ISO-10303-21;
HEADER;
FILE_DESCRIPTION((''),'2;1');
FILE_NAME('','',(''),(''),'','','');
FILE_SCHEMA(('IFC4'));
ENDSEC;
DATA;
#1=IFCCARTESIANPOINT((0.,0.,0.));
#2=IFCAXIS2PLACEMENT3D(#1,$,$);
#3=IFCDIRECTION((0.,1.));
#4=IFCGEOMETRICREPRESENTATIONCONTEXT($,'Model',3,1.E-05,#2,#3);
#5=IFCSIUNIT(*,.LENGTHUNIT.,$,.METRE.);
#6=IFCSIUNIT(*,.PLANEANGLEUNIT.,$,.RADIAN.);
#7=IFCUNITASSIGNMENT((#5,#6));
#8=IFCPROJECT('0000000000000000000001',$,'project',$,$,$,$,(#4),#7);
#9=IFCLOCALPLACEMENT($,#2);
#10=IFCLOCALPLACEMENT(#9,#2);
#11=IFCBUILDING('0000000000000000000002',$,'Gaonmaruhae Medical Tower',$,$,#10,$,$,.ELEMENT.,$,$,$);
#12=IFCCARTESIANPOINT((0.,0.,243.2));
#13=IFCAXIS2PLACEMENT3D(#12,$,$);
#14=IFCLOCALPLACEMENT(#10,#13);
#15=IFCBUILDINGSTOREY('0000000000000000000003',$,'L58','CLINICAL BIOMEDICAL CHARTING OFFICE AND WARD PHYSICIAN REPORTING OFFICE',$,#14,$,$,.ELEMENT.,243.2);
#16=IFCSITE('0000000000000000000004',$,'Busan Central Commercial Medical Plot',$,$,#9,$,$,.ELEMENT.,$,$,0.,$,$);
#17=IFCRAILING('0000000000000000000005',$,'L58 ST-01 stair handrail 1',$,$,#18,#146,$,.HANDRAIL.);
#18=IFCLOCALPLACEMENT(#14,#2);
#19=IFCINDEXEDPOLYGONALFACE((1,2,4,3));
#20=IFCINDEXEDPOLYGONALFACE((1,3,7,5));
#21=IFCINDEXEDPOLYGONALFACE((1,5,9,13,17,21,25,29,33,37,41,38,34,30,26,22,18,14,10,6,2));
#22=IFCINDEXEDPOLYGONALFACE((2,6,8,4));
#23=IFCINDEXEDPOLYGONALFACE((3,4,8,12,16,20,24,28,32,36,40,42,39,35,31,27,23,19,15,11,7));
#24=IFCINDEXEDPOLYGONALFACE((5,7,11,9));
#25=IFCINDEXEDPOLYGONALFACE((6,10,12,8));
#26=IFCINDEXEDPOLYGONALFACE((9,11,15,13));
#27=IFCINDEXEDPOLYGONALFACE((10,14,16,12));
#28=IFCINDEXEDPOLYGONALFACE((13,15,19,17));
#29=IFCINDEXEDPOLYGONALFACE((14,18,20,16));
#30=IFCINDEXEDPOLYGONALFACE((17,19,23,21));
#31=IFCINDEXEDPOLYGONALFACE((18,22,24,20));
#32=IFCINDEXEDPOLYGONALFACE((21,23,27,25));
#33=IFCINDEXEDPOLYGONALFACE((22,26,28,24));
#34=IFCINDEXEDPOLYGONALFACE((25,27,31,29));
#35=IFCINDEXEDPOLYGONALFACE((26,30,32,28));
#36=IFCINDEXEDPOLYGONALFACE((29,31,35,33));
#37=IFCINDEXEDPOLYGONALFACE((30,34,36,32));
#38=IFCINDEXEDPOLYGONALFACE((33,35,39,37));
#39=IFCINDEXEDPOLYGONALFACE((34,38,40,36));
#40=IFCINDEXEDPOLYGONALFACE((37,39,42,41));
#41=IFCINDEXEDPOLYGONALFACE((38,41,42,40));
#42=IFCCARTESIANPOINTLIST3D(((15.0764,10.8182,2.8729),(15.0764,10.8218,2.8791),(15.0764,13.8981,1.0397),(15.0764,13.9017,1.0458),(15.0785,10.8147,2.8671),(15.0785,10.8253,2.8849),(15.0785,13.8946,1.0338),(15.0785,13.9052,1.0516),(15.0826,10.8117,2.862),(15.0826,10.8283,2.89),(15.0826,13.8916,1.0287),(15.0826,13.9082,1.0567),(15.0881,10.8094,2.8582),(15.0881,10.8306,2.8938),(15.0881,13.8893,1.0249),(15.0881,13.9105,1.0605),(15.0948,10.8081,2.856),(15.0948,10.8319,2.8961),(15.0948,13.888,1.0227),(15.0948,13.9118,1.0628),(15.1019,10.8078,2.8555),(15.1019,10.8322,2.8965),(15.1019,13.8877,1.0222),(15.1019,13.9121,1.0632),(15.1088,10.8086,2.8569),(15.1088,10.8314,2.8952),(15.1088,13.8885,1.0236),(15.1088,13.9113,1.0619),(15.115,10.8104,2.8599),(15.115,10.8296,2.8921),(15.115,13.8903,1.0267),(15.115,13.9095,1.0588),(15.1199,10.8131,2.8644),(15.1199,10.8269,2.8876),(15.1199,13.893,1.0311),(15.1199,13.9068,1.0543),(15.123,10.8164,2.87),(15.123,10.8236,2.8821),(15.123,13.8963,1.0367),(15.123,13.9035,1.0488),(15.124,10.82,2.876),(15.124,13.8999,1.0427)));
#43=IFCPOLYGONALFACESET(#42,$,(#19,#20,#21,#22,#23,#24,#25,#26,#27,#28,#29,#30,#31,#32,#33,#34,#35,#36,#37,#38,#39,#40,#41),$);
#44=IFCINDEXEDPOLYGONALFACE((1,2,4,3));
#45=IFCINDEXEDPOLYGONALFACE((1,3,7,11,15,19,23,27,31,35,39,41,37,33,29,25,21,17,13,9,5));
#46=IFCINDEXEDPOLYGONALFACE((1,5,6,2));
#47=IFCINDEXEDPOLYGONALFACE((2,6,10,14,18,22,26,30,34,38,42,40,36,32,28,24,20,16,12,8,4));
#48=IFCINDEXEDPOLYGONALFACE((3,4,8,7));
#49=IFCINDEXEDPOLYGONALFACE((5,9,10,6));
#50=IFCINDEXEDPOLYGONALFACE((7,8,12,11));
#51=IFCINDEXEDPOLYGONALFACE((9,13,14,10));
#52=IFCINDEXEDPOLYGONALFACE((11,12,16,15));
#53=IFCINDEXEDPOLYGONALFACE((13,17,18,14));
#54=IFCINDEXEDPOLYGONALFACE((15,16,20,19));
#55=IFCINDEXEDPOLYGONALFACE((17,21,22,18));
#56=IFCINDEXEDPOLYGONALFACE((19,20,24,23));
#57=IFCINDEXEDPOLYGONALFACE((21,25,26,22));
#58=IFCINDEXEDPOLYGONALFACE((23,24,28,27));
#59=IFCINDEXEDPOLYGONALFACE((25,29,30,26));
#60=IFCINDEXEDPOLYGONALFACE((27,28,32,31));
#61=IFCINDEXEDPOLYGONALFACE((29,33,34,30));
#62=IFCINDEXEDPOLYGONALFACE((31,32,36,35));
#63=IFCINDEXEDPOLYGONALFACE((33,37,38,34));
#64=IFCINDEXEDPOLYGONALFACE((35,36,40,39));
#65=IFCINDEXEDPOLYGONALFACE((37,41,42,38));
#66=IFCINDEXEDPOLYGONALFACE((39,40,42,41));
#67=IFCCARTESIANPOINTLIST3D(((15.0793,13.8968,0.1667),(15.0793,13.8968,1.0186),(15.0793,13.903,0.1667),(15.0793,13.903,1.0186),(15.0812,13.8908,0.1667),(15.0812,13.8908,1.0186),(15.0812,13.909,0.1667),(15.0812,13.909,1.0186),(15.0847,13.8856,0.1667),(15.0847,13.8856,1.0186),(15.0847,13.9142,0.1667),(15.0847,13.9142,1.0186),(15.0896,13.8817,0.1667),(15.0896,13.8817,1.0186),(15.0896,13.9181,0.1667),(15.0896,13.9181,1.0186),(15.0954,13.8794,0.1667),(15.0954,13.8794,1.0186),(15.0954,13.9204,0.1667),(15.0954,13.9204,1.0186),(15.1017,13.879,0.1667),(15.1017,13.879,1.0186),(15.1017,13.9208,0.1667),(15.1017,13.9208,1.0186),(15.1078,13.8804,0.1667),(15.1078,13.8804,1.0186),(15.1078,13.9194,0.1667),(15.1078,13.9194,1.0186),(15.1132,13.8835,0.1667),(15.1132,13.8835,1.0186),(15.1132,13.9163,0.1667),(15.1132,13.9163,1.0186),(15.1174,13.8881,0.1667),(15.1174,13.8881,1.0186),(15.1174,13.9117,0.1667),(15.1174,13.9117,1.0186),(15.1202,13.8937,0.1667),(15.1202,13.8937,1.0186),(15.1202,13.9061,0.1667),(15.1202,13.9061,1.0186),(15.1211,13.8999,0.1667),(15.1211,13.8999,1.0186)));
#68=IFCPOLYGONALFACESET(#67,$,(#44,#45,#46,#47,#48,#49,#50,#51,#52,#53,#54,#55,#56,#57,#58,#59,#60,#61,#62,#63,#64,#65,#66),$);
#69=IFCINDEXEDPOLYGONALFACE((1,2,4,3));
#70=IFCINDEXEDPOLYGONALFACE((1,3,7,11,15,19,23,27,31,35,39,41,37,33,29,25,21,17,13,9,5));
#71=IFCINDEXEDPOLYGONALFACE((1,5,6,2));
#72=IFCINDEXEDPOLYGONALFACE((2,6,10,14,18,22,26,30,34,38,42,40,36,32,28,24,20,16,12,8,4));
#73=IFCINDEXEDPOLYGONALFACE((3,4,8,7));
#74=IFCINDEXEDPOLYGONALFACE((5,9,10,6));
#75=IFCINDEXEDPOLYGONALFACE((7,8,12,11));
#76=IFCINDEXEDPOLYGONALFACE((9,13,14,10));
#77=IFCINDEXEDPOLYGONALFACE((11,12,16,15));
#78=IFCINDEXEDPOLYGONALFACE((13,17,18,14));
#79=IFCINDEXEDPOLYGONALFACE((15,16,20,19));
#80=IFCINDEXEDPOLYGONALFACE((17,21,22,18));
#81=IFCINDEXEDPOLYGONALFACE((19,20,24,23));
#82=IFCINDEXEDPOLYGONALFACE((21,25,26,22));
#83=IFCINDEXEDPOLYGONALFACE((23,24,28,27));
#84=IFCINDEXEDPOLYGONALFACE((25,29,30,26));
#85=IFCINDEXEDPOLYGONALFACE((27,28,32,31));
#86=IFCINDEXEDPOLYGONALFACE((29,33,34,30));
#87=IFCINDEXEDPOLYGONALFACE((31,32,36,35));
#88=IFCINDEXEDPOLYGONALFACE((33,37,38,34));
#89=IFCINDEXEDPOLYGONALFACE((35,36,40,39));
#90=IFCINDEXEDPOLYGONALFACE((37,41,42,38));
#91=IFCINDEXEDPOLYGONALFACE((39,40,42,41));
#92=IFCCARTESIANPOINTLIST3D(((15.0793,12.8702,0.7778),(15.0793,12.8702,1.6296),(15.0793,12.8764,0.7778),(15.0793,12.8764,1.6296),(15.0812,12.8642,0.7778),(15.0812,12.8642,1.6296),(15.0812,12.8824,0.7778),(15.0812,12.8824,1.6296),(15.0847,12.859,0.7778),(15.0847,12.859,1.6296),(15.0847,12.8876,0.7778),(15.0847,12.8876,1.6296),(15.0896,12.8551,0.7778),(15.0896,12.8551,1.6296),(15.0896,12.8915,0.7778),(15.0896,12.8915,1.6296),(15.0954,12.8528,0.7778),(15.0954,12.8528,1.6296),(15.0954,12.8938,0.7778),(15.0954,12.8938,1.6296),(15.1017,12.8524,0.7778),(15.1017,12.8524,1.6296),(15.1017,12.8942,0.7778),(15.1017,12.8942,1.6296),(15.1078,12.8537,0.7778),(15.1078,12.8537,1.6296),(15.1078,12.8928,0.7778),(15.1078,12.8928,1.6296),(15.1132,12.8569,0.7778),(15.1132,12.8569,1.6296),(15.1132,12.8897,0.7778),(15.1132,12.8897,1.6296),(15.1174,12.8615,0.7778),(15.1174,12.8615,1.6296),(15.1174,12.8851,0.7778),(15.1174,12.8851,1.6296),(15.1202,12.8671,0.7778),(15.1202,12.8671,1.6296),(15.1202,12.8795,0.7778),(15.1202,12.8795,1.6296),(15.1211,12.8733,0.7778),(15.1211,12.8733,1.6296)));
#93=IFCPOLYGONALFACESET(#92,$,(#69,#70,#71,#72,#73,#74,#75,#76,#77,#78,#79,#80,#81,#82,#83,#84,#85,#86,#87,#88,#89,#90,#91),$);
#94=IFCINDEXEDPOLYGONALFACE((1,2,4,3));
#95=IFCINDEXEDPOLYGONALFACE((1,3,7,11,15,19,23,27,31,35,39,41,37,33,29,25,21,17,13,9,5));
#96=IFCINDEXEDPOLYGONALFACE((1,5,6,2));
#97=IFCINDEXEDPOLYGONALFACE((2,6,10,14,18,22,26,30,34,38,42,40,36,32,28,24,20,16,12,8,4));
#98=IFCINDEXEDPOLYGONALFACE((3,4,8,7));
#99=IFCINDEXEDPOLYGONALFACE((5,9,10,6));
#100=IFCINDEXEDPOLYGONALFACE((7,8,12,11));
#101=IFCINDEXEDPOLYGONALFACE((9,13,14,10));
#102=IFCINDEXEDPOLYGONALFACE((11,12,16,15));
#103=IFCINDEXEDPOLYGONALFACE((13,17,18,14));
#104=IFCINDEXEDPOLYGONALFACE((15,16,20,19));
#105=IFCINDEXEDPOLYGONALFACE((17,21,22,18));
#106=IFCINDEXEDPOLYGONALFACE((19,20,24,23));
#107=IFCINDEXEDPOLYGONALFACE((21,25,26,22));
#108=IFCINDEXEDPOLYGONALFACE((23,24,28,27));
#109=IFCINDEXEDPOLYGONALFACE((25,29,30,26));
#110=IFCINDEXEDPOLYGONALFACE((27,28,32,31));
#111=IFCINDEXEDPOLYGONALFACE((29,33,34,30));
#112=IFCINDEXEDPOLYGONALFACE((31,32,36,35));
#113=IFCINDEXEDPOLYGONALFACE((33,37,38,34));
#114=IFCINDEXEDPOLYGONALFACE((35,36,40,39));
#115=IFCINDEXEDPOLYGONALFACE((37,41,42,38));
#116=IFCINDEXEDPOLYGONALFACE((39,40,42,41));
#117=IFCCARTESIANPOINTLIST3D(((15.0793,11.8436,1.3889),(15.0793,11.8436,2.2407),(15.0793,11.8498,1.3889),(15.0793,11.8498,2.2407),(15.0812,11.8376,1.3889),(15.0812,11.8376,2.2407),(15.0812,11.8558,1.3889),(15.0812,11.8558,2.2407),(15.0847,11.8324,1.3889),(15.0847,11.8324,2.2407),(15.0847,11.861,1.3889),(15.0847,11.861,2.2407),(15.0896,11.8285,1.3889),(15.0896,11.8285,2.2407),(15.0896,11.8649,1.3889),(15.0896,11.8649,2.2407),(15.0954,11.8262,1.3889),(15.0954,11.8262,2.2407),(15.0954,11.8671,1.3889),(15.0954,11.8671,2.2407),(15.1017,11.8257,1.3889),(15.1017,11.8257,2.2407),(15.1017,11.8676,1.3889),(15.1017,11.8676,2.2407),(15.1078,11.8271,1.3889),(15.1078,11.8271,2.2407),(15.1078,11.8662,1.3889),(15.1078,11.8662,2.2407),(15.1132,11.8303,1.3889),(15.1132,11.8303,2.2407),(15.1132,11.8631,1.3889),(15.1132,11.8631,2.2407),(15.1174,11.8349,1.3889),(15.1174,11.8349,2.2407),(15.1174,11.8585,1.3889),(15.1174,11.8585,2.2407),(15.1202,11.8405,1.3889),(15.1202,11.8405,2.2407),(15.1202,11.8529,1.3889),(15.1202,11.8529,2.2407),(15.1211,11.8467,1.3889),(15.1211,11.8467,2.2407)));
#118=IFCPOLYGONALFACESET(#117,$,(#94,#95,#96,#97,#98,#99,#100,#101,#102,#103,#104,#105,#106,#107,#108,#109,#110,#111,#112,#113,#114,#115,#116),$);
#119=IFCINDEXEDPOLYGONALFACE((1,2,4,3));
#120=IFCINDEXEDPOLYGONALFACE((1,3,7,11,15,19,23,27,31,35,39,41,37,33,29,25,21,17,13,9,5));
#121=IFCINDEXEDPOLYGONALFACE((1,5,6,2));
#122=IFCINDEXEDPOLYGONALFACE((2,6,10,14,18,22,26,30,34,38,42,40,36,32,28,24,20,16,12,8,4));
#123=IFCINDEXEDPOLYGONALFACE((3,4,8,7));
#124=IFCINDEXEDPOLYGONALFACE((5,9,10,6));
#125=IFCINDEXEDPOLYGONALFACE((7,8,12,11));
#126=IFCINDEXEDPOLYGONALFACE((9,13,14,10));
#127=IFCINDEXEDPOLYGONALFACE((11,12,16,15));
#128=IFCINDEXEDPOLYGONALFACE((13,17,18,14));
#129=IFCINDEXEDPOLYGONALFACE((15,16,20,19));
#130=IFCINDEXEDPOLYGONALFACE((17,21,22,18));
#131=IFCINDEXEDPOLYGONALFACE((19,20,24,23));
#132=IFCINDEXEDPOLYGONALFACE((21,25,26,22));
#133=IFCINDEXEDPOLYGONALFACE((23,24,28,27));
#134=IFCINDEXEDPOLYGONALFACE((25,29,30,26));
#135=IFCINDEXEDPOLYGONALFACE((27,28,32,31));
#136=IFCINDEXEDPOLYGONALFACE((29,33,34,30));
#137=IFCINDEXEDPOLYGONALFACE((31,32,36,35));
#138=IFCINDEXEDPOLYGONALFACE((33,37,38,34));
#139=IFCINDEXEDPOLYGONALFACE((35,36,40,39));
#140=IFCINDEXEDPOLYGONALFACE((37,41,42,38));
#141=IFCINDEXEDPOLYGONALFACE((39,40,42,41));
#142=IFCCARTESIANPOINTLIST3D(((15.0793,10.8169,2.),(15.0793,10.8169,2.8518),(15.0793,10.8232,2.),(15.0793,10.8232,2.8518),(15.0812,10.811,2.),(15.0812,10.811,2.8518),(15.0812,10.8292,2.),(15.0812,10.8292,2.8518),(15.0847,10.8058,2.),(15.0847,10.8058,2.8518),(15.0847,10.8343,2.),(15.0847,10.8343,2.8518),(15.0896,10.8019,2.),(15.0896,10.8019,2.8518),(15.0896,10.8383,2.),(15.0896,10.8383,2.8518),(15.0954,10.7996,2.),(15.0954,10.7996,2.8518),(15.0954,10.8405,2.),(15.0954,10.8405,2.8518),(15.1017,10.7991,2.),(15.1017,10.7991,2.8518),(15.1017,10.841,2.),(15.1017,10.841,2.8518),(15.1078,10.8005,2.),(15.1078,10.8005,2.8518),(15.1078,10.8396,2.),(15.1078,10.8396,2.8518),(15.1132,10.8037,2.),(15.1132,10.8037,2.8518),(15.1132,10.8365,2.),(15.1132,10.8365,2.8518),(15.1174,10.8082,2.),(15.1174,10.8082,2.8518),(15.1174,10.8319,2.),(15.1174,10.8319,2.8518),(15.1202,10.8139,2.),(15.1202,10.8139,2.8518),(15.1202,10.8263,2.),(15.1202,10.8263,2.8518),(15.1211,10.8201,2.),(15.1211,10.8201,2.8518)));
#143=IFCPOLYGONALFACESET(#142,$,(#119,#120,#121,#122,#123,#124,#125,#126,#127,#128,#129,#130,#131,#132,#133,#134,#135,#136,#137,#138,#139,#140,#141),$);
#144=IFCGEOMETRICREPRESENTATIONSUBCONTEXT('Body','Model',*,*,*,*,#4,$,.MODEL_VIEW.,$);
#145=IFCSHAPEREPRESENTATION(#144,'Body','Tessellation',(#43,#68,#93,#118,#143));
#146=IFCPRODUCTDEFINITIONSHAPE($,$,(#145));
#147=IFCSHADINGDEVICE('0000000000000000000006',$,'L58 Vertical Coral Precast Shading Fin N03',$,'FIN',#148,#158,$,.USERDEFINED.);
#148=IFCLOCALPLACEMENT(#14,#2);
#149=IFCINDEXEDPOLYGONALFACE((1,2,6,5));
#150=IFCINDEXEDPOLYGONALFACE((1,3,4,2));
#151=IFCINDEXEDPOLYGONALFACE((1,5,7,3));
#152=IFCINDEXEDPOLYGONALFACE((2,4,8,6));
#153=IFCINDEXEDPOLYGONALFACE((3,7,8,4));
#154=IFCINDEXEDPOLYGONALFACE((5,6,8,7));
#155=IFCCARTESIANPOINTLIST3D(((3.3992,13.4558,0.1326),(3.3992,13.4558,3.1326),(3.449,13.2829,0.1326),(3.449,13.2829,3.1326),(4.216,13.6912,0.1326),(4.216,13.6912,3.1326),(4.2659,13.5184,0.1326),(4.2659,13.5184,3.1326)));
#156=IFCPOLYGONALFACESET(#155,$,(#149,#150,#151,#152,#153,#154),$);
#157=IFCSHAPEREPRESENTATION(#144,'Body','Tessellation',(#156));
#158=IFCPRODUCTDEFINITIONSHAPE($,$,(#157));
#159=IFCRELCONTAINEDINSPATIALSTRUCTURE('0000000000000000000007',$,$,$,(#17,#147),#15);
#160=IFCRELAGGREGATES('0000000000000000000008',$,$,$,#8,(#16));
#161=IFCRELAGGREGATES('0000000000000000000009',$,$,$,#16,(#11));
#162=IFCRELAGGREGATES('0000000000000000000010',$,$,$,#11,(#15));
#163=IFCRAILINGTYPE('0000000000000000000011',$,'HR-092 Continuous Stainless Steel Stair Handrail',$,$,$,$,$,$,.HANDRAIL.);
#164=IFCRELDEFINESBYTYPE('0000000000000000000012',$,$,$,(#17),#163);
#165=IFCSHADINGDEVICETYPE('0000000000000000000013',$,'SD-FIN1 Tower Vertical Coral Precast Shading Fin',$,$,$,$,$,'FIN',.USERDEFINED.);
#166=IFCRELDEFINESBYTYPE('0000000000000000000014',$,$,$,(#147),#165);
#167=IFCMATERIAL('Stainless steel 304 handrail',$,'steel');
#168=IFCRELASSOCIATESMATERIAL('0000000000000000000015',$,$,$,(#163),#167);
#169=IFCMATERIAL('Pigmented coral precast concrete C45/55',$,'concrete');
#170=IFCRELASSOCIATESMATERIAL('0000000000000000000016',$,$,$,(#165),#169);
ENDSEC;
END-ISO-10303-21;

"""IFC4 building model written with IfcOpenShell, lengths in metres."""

from ifc_helpers import new_model, si_unit, direction, frame, origin, origin_2d, place, context, subcontext, project, spatial, rectangle, circle, extrude, material, type_object, element, save


model = new_model("IFC4")

# Units and contexts
model_context = context("Model", 3, precision=1e-05, world=origin(), true_north=direction((0.0, 1.0)))
body_context = subcontext(model_context, "Body", "Model", "MODEL_VIEW")
ifc_project = project(units=[si_unit("LENGTHUNIT", "METRE"), si_unit("PLANEANGLEUNIT", "RADIAN")], contexts=[model_context])

# Site, building, storey
site_placement = place(None, origin())
site = spatial("IfcSite", under=ifc_project, at=site_placement, Name="Busan Central Commercial Medical Plot", CompositionType="ELEMENT", RefElevation=0.0)
building_placement = place(site_placement, origin())
building = spatial("IfcBuilding", under=site, at=building_placement, Name="Gaonmaruhae Medical Tower", CompositionType="ELEMENT")
storey_placement = place(building_placement, frame((0.0, 0.0, 243.2)))
storey = spatial("IfcBuildingStorey", under=building, at=storey_placement, Name="L58", Description="CLINICAL BIOMEDICAL CHARTING OFFICE AND WARD PHYSICIAN REPORTING OFFICE", CompositionType="ELEMENT", Elevation=243.2)

# Railing
ifc_material_1 = material(Name="Stainless steel 304 handrail", Category="steel")
railing_type_1 = type_object("IfcRailingType", Name="HR-092 Continuous Stainless Steel Stair Handrail", PredefinedType="HANDRAIL", material=ifc_material_1)
railing_1_placement = place(storey_placement, frame((15.1001, 13.8999, 0.1667)))
element("IfcRailing", 1, at=railing_1_placement, inside=storey, type_object=railing_type_1, Name="L58 ST-01 stair handrail 1", PredefinedType="HANDRAIL", context=body_context, shape_type="SweptSolid", body=[
    extrude(circle(Radius=0.0239, at=origin_2d()), frame((0.0, 0.0, 0.876), z_axis=(0.0, -0.859291, 0.511487), x_axis=(1.0, 0.0, 0.0)), (0.0, 0.0, 1.0), 3.5842),
    extrude(circle(Radius=0.021, at=origin_2d()), origin(), (0.0, 0.0, 1.0), 0.8518),
    extrude(circle(Radius=0.021, at=origin_2d()), frame((0.0, -1.0266, 0.6111)), (0.0, 0.0, 1.0), 0.8518),
    extrude(circle(Radius=0.021, at=origin_2d()), frame((0.0, -2.0532, 1.2222)), (0.0, 0.0, 1.0), 0.8518),
    extrude(circle(Radius=0.021, at=origin_2d()), frame((0.0, -3.0798, 1.8333)), (0.0, 0.0, 1.0), 0.8518),
])

# Shading device
ifc_material_2 = material(Name="Pigmented coral precast concrete C45/55", Category="concrete")
shading_device_type = type_object("IfcShadingDeviceType", Name="SD-FIN1 Tower Vertical Coral Precast Shading Fin", ElementType="FIN", PredefinedType="USERDEFINED", material=ifc_material_2)
shading_device_placement = place(storey_placement, frame((3.8325, 13.4871, 0.1326), z_axis=(0.0, 0.0, 1.0), x_axis=(-0.277013, 0.960866, 0.0)))
element("IfcShadingDevice", 2, at=shading_device_placement, inside=storey, type_object=shading_device_type, Name="L58 Vertical Coral Precast Shading Fin N03", ObjectType="FIN", PredefinedType="USERDEFINED", context=body_context, shape_type="SweptSolid", body=[
    extrude(rectangle(XDim=0.1799, YDim=0.8501, at=origin_2d()), origin(), (0.0, 0.0, 1.0), 3.0),
])

save(model, "model.ifc")
